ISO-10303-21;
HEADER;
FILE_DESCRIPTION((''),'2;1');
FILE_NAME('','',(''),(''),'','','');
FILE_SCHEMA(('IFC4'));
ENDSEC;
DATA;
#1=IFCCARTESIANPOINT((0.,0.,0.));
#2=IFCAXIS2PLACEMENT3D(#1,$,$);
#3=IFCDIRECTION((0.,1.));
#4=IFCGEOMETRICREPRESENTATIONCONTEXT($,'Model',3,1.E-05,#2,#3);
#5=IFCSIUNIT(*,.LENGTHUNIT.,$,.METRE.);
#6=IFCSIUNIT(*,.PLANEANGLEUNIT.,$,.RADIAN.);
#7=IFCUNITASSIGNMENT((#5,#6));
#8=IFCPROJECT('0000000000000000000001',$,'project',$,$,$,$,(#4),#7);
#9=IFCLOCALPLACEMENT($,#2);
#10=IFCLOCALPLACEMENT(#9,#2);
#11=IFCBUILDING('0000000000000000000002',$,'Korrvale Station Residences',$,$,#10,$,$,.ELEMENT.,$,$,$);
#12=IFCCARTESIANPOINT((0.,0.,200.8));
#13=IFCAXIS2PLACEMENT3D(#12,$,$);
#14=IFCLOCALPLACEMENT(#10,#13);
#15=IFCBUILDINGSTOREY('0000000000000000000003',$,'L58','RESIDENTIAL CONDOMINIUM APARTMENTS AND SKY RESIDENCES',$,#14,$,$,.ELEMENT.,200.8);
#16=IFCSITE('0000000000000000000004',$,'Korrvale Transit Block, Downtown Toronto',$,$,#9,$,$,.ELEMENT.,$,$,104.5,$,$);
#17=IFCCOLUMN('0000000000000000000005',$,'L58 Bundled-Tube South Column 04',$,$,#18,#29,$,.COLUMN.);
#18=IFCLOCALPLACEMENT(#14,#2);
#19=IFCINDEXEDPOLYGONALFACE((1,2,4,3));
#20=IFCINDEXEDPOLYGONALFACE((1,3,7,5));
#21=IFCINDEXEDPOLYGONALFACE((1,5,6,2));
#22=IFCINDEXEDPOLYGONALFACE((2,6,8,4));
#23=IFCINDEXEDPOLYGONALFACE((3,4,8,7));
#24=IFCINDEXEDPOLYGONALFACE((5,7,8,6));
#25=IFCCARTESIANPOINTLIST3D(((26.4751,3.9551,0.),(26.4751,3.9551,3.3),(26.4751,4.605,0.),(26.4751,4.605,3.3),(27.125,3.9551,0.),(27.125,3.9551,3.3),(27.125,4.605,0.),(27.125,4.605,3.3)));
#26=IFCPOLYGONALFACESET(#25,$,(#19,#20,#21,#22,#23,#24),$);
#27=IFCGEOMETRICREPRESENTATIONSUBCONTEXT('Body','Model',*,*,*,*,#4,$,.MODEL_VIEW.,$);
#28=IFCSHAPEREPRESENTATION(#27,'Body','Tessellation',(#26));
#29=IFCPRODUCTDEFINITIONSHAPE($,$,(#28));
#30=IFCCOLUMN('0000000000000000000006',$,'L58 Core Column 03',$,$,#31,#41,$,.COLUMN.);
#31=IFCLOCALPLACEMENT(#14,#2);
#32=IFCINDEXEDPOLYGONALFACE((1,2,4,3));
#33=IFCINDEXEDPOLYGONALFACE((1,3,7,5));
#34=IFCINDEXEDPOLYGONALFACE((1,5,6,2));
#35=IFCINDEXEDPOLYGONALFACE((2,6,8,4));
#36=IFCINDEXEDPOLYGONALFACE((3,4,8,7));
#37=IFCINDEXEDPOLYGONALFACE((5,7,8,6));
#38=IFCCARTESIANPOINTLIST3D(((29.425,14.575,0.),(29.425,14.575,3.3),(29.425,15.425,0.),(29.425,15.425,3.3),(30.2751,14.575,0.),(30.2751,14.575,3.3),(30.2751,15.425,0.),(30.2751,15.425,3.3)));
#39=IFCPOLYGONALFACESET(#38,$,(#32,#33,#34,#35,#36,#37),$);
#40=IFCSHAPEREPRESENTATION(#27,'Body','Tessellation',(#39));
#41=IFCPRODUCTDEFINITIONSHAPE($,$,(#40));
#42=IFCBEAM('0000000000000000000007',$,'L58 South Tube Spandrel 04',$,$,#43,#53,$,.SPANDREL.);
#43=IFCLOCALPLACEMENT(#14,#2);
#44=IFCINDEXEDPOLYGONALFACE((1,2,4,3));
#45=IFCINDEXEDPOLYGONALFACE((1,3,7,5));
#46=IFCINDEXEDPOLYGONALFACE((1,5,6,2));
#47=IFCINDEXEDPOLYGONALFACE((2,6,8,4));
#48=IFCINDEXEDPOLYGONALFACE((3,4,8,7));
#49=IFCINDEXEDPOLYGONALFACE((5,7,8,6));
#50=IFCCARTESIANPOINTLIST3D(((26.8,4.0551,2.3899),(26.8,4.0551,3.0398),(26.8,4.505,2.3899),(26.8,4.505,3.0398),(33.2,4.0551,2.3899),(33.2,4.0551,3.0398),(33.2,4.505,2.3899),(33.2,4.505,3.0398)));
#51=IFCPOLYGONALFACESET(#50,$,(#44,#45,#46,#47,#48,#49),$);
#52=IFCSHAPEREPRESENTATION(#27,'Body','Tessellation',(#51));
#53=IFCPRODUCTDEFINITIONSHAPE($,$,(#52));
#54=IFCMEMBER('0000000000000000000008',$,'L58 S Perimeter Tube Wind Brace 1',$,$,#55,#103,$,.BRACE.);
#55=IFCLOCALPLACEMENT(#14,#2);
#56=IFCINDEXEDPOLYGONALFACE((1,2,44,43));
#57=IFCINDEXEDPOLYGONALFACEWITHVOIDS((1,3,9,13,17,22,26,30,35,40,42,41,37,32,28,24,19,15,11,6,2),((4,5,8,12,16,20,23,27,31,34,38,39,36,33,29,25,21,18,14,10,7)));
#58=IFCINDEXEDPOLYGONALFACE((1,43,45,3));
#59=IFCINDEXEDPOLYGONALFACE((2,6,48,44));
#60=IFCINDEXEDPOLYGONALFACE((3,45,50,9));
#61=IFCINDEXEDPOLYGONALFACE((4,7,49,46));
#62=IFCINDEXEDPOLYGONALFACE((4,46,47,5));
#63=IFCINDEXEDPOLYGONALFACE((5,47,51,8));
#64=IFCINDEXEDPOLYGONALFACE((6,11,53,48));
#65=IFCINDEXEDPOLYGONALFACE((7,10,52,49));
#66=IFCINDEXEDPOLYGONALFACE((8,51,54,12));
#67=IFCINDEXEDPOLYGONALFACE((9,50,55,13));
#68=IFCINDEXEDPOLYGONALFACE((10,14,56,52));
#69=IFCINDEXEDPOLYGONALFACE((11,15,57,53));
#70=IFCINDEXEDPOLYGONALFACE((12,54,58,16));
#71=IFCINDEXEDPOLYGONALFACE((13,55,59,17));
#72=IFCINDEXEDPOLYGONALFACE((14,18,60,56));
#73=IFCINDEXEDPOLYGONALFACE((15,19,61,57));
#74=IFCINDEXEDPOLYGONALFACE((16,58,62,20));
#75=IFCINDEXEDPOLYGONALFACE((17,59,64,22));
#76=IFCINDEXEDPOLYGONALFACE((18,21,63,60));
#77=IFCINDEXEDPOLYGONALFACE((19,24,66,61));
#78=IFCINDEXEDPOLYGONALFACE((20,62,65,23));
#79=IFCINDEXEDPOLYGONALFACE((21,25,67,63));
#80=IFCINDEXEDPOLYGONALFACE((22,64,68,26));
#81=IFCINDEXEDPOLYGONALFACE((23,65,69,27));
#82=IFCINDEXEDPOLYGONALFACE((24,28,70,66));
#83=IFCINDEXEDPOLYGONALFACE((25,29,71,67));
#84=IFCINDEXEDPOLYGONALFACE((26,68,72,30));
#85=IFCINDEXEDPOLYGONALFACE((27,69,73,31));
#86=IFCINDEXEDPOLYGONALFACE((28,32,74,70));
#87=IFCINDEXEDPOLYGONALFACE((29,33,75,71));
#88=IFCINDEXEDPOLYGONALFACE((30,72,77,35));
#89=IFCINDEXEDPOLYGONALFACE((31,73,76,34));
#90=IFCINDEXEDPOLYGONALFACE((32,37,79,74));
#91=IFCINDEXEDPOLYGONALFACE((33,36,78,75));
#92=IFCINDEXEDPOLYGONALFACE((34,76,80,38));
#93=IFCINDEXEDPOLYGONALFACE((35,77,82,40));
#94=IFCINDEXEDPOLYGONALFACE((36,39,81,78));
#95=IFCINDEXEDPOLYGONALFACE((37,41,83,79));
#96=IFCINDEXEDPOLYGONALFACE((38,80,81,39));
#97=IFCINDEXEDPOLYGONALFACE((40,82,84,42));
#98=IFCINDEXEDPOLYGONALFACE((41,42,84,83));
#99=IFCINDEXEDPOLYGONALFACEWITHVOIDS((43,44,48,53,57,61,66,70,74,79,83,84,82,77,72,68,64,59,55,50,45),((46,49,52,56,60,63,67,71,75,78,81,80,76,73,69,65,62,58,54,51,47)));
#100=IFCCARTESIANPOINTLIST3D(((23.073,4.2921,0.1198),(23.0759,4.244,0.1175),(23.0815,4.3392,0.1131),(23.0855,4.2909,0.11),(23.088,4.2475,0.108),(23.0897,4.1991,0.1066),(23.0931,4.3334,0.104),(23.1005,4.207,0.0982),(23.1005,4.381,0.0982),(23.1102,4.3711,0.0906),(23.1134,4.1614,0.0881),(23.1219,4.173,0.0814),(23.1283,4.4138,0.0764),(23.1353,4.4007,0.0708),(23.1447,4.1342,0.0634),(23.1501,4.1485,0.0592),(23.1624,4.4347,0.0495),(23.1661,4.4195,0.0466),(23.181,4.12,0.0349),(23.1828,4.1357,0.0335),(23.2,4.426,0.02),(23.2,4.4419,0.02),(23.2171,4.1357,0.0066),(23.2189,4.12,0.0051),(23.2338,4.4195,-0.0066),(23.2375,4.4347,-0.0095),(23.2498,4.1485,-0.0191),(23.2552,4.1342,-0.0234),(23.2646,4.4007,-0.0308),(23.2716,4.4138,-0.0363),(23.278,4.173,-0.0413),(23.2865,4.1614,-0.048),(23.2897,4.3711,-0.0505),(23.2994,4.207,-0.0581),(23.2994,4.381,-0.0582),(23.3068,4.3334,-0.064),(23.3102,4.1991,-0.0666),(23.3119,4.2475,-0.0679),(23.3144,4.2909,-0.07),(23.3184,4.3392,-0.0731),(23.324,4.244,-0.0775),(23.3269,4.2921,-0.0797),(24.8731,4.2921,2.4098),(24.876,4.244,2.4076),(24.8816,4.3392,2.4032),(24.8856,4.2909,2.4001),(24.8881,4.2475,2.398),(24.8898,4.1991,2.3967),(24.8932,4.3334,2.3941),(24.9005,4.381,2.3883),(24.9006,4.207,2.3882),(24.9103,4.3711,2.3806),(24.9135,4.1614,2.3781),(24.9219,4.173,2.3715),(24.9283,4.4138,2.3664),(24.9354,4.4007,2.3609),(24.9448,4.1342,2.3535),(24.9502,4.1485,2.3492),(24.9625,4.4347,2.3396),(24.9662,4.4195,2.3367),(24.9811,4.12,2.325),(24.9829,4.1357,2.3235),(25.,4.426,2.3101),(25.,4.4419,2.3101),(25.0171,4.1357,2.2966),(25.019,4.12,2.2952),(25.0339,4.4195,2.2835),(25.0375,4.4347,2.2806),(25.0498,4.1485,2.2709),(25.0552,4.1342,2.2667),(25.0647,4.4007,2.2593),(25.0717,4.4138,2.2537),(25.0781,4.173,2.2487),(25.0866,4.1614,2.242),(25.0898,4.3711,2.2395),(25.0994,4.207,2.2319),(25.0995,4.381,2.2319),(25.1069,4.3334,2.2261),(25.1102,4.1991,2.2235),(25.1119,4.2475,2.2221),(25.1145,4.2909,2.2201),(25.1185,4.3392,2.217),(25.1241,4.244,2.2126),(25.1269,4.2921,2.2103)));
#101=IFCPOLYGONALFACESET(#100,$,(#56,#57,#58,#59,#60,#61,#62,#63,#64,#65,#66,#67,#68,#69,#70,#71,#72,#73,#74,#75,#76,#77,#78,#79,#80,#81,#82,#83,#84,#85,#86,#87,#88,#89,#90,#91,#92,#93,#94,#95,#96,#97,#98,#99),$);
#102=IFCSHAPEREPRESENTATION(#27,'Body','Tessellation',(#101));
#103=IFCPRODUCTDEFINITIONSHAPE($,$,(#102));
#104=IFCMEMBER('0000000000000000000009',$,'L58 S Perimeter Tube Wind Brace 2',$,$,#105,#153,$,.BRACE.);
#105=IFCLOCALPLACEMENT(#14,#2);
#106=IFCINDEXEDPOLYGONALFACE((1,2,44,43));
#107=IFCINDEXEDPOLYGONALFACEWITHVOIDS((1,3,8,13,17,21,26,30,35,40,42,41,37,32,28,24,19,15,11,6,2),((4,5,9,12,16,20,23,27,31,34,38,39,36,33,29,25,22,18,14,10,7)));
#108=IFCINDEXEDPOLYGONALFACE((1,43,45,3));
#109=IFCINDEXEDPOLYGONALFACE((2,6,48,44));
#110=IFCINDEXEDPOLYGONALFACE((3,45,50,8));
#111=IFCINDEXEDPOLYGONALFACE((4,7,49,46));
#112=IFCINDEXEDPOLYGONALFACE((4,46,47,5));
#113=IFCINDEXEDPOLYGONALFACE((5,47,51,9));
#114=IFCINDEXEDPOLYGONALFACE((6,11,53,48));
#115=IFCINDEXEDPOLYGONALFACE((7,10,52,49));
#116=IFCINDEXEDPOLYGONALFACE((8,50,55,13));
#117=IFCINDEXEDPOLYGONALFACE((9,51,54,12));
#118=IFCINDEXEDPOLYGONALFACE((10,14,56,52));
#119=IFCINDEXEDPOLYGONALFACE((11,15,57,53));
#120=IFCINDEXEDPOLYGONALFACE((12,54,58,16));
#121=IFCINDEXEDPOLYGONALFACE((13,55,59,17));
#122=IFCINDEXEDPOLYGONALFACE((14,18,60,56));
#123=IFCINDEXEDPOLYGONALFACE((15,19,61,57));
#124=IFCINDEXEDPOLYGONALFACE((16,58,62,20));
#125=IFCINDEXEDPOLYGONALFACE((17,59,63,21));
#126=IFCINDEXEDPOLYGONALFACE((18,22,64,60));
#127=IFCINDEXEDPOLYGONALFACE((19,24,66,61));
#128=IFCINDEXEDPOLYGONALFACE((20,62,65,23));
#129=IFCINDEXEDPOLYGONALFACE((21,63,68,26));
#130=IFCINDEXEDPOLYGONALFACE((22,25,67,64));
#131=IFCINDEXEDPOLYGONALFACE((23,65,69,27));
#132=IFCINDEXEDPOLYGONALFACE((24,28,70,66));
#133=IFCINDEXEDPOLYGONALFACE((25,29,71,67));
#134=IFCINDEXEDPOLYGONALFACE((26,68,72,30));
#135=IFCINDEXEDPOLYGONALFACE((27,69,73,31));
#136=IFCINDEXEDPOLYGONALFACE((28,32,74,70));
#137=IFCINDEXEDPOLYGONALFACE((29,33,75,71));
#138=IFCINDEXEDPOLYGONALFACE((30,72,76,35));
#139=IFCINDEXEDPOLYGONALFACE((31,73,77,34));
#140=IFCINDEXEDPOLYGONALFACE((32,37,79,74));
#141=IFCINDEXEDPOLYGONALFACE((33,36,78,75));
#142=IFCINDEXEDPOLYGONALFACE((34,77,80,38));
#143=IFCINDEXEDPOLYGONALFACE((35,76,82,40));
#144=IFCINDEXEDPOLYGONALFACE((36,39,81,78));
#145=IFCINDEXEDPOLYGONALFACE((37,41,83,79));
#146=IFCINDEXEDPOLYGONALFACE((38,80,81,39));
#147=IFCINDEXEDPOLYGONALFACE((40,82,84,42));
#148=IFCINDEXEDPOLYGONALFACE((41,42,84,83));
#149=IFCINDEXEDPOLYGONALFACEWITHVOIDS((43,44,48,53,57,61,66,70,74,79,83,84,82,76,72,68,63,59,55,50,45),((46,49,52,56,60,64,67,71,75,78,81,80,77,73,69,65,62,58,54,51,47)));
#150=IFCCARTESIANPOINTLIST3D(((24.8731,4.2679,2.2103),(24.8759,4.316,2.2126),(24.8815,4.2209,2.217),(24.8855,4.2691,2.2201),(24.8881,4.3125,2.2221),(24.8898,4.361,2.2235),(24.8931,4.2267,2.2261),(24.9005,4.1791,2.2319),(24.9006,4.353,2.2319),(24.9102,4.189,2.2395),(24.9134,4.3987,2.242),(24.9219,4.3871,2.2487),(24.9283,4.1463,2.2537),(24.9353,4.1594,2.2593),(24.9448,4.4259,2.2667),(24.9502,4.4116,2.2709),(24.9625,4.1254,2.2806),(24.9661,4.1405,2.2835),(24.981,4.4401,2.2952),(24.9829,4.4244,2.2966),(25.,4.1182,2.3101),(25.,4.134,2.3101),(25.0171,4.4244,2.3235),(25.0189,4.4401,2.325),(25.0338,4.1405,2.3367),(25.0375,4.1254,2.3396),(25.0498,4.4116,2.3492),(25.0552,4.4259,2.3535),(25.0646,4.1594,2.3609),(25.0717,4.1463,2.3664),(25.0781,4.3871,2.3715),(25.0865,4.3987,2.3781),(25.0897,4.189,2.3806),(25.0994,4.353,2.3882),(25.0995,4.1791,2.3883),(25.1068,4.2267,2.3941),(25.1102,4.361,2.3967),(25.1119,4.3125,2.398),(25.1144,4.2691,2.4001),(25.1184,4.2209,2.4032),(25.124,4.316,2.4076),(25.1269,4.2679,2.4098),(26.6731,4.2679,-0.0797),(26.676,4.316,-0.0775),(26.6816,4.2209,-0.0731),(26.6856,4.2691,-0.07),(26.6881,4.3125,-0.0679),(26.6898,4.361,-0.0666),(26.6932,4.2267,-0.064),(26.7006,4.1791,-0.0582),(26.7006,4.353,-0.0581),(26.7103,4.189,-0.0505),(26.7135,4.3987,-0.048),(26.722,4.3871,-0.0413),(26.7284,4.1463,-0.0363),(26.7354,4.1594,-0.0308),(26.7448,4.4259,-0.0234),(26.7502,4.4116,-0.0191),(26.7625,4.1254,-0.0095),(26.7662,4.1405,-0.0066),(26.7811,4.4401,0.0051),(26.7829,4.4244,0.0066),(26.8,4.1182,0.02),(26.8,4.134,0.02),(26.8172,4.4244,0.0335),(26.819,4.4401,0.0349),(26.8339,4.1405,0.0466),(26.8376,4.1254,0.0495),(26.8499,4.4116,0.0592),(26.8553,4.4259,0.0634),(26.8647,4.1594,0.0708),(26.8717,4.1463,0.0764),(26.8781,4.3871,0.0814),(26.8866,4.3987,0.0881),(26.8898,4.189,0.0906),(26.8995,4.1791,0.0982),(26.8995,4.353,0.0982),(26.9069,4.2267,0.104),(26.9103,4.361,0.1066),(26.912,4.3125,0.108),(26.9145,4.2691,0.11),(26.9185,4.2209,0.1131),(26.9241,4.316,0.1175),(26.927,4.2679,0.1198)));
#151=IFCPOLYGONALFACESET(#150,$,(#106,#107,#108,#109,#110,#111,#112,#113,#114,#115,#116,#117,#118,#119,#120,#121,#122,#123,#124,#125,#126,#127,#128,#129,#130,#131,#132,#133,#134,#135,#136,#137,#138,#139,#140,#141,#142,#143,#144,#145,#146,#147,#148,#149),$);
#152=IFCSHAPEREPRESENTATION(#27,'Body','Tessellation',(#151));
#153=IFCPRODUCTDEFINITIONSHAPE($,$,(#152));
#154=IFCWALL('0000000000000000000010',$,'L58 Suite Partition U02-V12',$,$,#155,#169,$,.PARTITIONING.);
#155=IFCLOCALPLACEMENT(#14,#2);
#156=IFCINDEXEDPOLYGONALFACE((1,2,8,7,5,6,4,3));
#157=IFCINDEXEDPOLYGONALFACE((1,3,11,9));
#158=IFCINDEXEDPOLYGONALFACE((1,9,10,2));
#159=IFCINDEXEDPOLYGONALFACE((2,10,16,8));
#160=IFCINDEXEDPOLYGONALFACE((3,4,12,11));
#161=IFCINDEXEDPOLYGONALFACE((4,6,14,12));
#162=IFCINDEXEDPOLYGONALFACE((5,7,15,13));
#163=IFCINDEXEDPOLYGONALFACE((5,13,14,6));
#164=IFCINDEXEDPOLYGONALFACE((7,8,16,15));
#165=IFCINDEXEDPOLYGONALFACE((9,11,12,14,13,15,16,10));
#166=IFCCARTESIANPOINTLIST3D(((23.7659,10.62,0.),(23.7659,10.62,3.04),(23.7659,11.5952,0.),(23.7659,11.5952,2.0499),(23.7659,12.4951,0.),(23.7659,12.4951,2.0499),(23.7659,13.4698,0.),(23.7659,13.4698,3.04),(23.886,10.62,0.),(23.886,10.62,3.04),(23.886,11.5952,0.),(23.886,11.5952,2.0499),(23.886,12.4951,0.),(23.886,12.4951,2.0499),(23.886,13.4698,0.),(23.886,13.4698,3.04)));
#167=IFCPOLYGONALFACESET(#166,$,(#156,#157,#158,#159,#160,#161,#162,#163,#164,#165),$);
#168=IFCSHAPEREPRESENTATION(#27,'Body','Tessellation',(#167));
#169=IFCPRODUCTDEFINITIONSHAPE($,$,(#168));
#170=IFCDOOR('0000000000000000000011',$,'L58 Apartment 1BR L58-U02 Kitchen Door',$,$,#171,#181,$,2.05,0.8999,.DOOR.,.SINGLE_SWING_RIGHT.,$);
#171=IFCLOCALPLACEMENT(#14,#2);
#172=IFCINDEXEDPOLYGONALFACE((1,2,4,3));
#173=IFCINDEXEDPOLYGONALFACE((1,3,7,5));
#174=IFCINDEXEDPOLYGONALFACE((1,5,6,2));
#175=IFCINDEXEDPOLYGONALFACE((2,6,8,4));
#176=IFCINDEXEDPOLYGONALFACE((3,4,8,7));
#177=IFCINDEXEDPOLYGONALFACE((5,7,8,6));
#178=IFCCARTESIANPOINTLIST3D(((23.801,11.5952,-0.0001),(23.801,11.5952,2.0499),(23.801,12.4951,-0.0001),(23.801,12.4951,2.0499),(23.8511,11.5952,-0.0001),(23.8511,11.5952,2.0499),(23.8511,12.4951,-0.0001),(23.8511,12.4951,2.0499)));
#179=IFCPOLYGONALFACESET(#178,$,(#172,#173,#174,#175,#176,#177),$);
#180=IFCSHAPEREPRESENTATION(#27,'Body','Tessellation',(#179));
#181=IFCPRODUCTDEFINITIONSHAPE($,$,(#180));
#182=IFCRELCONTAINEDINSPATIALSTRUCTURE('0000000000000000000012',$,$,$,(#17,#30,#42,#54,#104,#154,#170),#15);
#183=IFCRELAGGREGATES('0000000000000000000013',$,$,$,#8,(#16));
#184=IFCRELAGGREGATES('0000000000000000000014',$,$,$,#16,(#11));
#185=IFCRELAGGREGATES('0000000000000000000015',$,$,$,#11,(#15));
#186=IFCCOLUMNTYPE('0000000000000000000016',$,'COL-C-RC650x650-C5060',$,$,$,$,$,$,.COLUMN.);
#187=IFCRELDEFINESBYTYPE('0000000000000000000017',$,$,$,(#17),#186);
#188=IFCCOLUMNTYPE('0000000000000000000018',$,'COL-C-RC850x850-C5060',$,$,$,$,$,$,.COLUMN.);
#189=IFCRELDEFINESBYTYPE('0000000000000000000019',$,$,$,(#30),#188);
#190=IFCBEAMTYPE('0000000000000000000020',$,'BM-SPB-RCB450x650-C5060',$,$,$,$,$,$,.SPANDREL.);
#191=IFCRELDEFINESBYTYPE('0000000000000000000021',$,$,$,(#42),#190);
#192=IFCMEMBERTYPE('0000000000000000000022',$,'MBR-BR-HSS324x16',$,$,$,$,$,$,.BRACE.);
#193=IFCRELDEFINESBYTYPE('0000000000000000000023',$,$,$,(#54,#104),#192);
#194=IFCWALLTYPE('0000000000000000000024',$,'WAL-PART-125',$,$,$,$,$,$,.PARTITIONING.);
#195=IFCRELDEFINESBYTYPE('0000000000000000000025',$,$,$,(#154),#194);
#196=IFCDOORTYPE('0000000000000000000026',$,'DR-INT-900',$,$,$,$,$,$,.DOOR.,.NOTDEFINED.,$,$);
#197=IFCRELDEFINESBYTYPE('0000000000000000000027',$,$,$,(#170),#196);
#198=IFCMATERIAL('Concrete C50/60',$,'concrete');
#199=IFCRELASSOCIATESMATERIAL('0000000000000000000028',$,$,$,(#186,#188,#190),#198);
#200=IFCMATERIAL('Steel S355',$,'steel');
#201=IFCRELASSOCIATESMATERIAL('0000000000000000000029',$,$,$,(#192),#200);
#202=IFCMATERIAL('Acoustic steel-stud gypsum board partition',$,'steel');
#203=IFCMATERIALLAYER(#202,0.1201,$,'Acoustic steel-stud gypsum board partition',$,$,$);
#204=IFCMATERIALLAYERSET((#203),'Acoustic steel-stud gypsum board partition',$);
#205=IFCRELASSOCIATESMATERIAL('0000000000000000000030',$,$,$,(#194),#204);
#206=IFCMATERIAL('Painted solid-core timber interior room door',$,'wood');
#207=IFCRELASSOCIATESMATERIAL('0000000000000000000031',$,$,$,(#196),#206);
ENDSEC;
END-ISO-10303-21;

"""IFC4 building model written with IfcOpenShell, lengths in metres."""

from ifc_helpers import new_model, si_unit, direction, frame, frame_2d, origin, origin_2d, place, context, subcontext, project, spatial, rectangle, hollow_circle, extrude, material, layer, layer_set, material_profile, profile_set, type_object, element, fill, save


model = new_model("IFC4")

# Units and contexts
model_context = context("Model", 3, precision=1e-05, world=origin(), true_north=direction((0.0, 1.0)))
body_context = subcontext(model_context, "Body", "Model", "MODEL_VIEW")
ifc_project = project(units=[si_unit("LENGTHUNIT", "METRE"), si_unit("PLANEANGLEUNIT", "RADIAN")], contexts=[model_context])

# Site, building, storey
site_placement = place(None, origin())
site = spatial("IfcSite", under=ifc_project, at=site_placement, Name="Korrvale Transit Block, Downtown Toronto", CompositionType="ELEMENT", RefElevation=104.5)
building_placement = place(site_placement, origin())
building = spatial("IfcBuilding", under=site, at=building_placement, Name="Korrvale Station Residences", CompositionType="ELEMENT")
storey_placement = place(building_placement, frame((0.0, 0.0, 200.8)))
storey = spatial("IfcBuildingStorey", under=building, at=storey_placement, Name="L58", Description="RESIDENTIAL CONDOMINIUM APARTMENTS AND SKY RESIDENCES", CompositionType="ELEMENT", Elevation=200.8)

# Columns
ifc_material_1 = material(Name="Concrete C50/60", Category="concrete")
ifc_material_profile_1 = material_profile(ifc_material_1, rectangle(XDim=0.6499, YDim=0.6499, at=origin_2d()), Name="RC650x650")
ifc_profile_set_1 = profile_set([ifc_material_profile_1], Name="Concrete C50/60")
column_type_1 = type_object("IfcColumnType", Name="COL-C-RC650x650-C5060", PredefinedType="COLUMN", material=ifc_profile_set_1)
column_1_placement = place(storey_placement, frame((26.8, 4.28, 0.0), z_axis=(0.0, 0.0, 1.0), x_axis=(1.0, 0.0, 0.0)))
element("IfcColumn", 1, at=column_1_placement, inside=storey, type_object=column_type_1, Name="L58 Bundled-Tube South Column 04", PredefinedType="COLUMN", context=body_context, shape_type="SweptSolid", body=[
    extrude(rectangle(XDim=0.6499, YDim=0.6499, at=origin_2d()), origin(), (0.0, 0.0, 1.0), 3.3),
])
ifc_material_profile_2 = material_profile(ifc_material_1, rectangle(XDim=0.8501, YDim=0.8501, at=origin_2d()), Name="RC850x850")
ifc_profile_set_2 = profile_set([ifc_material_profile_2], Name="Concrete C50/60")
column_type_2 = type_object("IfcColumnType", Name="COL-C-RC850x850-C5060", PredefinedType="COLUMN", material=ifc_profile_set_2)
column_2_placement = place(storey_placement, frame((29.8501, 15.0, 0.0), z_axis=(0.0, 0.0, 1.0), x_axis=(1.0, 0.0, 0.0)))
element("IfcColumn", 2, at=column_2_placement, inside=storey, type_object=column_type_2, Name="L58 Core Column 03", PredefinedType="COLUMN", context=body_context, shape_type="SweptSolid", body=[
    extrude(rectangle(XDim=0.8501, YDim=0.8501, at=origin_2d()), origin(), (0.0, 0.0, 1.0), 3.3),
])

# Beam
ifc_material_profile_3 = material_profile(ifc_material_1, rectangle(XDim=0.45, YDim=0.6499, at=origin_2d()), Name="RCB450x650")
ifc_profile_set_3 = profile_set([ifc_material_profile_3], Name="Concrete C50/60")
beam_type = type_object("IfcBeamType", Name="BM-SPB-RCB450x650-C5060", PredefinedType="SPANDREL", material=ifc_profile_set_3)
beam_placement = place(storey_placement, frame((26.8, 4.28, 2.7148), z_axis=(1.0, 0.0, 0.0), x_axis=(0.0, 1.0, 0.0)))
element("IfcBeam", 3, at=beam_placement, inside=storey, type_object=beam_type, Name="L58 South Tube Spandrel 04", PredefinedType="SPANDREL", context=body_context, shape_type="SweptSolid", body=[
    extrude(rectangle(XDim=0.45, YDim=0.6499, at=origin_2d()), origin(), (0.0, 0.0, 1.0), 6.3999),
])

# Members
ifc_material_2 = material(Name="Steel S355", Category="steel")
ifc_material_profile_4 = material_profile(ifc_material_2, hollow_circle(Radius=0.1619, WallThickness=0.0159, at=origin_2d()), Name="HSS324x16")
ifc_profile_set_4 = profile_set([ifc_material_profile_4], Name="Steel S355")
member_type = type_object("IfcMemberType", Name="MBR-BR-HSS324x16", PredefinedType="BRACE", material=ifc_profile_set_4)
for number, where, z_axis, x_axis, name in (
    (4, (23.2, 4.28, 0.02), (0.617977, 0.0, 0.786196), (0.0, 1.0, 0.0), "L58 S Perimeter Tube Wind Brace 1"),
    (5, (26.8, 4.28, 0.02), (-0.617977, 0.0, 0.786196), (0.0, -1.0, 0.0), "L58 S Perimeter Tube Wind Brace 2"),
):
    element("IfcMember", number, at=place(storey_placement, frame(where, z_axis=z_axis, x_axis=x_axis)), inside=storey, type_object=member_type, Name=name, PredefinedType="BRACE", context=body_context, shape_type="SweptSolid", body=[
        extrude(hollow_circle(Radius=0.1619, WallThickness=0.0159, at=origin_2d()), origin(), (0.0, 0.0, 1.0), 2.9128),
    ])

# Wall, opening, door
ifc_material_3 = material(Name="Acoustic steel-stud gypsum board partition", Category="steel")
ifc_layer_1 = layer(ifc_material_3, 0.1201, Name="Acoustic steel-stud gypsum board partition")
ifc_layer_set_1 = layer_set([ifc_layer_1], Name="Acoustic steel-stud gypsum board partition")
wall_type_1 = type_object("IfcWallType", Name="WAL-PART-125", PredefinedType="PARTITIONING", material=ifc_layer_set_1)
wall_1_placement = place(storey_placement, frame((23.8259, 10.6201, 0.0), z_axis=(0.0, 0.0, 1.0), x_axis=(0.0, 1.0, 0.0)))
wall_1 = element("IfcWall", 6, at=wall_1_placement, inside=storey, type_object=wall_type_1, Name="L58 Suite Partition U02-V12", PredefinedType="PARTITIONING", context=body_context, shape_type="SweptSolid", body=[
    extrude(rectangle(XDim=2.8499, YDim=0.1201, at=frame_2d((1.4248, 0.0))), origin(), (0.0, 0.0, 1.0), 3.04),
])
opening_1_placement = place(wall_1_placement, frame((0.9751, 0.0, 0.0)))
opening_1 = element("IfcOpeningElement", 7, at=opening_1_placement, cuts=wall_1, PredefinedType="OPENING", context=body_context, shape_type="SweptSolid", body=[
    extrude(rectangle(XDim=0.8999, YDim=2.05, at=frame_2d((0.45, 1.0249))), frame((0.0, 0.0701, 0.0), z_axis=(0.0, -1.0, 0.0), x_axis=(1.0, 0.0, 0.0)), (0.0, 0.0, 1.0), 0.1401),
])
ifc_material_4 = material(Name="Painted solid-core timber interior room door", Category="wood")
door_type = type_object("IfcDoorType", Name="DR-INT-900", OperationType="NOTDEFINED", PredefinedType="DOOR", material=ifc_material_4)
door_1_placement = place(opening_1_placement, origin())
door_1 = element("IfcDoor", 8, at=door_1_placement, inside=storey, type_object=door_type, Name="L58 Apartment 1BR L58-U02 Kitchen Door", OperationType="SINGLE_SWING_RIGHT", OverallHeight=2.05, OverallWidth=0.8999, PredefinedType="DOOR", context=body_context, shape_type="SweptSolid", body=[
    extrude(rectangle(XDim=0.8999, YDim=2.05, at=frame_2d((0.45, 1.0249))), frame((0.0, 0.0249, 0.0), z_axis=(0.0, -1.0, 0.0), x_axis=(1.0, 0.0, 0.0)), (0.0, 0.0, 1.0), 0.05),
])
fill(opening_1, door_1)

save(model, "model.ifc")
